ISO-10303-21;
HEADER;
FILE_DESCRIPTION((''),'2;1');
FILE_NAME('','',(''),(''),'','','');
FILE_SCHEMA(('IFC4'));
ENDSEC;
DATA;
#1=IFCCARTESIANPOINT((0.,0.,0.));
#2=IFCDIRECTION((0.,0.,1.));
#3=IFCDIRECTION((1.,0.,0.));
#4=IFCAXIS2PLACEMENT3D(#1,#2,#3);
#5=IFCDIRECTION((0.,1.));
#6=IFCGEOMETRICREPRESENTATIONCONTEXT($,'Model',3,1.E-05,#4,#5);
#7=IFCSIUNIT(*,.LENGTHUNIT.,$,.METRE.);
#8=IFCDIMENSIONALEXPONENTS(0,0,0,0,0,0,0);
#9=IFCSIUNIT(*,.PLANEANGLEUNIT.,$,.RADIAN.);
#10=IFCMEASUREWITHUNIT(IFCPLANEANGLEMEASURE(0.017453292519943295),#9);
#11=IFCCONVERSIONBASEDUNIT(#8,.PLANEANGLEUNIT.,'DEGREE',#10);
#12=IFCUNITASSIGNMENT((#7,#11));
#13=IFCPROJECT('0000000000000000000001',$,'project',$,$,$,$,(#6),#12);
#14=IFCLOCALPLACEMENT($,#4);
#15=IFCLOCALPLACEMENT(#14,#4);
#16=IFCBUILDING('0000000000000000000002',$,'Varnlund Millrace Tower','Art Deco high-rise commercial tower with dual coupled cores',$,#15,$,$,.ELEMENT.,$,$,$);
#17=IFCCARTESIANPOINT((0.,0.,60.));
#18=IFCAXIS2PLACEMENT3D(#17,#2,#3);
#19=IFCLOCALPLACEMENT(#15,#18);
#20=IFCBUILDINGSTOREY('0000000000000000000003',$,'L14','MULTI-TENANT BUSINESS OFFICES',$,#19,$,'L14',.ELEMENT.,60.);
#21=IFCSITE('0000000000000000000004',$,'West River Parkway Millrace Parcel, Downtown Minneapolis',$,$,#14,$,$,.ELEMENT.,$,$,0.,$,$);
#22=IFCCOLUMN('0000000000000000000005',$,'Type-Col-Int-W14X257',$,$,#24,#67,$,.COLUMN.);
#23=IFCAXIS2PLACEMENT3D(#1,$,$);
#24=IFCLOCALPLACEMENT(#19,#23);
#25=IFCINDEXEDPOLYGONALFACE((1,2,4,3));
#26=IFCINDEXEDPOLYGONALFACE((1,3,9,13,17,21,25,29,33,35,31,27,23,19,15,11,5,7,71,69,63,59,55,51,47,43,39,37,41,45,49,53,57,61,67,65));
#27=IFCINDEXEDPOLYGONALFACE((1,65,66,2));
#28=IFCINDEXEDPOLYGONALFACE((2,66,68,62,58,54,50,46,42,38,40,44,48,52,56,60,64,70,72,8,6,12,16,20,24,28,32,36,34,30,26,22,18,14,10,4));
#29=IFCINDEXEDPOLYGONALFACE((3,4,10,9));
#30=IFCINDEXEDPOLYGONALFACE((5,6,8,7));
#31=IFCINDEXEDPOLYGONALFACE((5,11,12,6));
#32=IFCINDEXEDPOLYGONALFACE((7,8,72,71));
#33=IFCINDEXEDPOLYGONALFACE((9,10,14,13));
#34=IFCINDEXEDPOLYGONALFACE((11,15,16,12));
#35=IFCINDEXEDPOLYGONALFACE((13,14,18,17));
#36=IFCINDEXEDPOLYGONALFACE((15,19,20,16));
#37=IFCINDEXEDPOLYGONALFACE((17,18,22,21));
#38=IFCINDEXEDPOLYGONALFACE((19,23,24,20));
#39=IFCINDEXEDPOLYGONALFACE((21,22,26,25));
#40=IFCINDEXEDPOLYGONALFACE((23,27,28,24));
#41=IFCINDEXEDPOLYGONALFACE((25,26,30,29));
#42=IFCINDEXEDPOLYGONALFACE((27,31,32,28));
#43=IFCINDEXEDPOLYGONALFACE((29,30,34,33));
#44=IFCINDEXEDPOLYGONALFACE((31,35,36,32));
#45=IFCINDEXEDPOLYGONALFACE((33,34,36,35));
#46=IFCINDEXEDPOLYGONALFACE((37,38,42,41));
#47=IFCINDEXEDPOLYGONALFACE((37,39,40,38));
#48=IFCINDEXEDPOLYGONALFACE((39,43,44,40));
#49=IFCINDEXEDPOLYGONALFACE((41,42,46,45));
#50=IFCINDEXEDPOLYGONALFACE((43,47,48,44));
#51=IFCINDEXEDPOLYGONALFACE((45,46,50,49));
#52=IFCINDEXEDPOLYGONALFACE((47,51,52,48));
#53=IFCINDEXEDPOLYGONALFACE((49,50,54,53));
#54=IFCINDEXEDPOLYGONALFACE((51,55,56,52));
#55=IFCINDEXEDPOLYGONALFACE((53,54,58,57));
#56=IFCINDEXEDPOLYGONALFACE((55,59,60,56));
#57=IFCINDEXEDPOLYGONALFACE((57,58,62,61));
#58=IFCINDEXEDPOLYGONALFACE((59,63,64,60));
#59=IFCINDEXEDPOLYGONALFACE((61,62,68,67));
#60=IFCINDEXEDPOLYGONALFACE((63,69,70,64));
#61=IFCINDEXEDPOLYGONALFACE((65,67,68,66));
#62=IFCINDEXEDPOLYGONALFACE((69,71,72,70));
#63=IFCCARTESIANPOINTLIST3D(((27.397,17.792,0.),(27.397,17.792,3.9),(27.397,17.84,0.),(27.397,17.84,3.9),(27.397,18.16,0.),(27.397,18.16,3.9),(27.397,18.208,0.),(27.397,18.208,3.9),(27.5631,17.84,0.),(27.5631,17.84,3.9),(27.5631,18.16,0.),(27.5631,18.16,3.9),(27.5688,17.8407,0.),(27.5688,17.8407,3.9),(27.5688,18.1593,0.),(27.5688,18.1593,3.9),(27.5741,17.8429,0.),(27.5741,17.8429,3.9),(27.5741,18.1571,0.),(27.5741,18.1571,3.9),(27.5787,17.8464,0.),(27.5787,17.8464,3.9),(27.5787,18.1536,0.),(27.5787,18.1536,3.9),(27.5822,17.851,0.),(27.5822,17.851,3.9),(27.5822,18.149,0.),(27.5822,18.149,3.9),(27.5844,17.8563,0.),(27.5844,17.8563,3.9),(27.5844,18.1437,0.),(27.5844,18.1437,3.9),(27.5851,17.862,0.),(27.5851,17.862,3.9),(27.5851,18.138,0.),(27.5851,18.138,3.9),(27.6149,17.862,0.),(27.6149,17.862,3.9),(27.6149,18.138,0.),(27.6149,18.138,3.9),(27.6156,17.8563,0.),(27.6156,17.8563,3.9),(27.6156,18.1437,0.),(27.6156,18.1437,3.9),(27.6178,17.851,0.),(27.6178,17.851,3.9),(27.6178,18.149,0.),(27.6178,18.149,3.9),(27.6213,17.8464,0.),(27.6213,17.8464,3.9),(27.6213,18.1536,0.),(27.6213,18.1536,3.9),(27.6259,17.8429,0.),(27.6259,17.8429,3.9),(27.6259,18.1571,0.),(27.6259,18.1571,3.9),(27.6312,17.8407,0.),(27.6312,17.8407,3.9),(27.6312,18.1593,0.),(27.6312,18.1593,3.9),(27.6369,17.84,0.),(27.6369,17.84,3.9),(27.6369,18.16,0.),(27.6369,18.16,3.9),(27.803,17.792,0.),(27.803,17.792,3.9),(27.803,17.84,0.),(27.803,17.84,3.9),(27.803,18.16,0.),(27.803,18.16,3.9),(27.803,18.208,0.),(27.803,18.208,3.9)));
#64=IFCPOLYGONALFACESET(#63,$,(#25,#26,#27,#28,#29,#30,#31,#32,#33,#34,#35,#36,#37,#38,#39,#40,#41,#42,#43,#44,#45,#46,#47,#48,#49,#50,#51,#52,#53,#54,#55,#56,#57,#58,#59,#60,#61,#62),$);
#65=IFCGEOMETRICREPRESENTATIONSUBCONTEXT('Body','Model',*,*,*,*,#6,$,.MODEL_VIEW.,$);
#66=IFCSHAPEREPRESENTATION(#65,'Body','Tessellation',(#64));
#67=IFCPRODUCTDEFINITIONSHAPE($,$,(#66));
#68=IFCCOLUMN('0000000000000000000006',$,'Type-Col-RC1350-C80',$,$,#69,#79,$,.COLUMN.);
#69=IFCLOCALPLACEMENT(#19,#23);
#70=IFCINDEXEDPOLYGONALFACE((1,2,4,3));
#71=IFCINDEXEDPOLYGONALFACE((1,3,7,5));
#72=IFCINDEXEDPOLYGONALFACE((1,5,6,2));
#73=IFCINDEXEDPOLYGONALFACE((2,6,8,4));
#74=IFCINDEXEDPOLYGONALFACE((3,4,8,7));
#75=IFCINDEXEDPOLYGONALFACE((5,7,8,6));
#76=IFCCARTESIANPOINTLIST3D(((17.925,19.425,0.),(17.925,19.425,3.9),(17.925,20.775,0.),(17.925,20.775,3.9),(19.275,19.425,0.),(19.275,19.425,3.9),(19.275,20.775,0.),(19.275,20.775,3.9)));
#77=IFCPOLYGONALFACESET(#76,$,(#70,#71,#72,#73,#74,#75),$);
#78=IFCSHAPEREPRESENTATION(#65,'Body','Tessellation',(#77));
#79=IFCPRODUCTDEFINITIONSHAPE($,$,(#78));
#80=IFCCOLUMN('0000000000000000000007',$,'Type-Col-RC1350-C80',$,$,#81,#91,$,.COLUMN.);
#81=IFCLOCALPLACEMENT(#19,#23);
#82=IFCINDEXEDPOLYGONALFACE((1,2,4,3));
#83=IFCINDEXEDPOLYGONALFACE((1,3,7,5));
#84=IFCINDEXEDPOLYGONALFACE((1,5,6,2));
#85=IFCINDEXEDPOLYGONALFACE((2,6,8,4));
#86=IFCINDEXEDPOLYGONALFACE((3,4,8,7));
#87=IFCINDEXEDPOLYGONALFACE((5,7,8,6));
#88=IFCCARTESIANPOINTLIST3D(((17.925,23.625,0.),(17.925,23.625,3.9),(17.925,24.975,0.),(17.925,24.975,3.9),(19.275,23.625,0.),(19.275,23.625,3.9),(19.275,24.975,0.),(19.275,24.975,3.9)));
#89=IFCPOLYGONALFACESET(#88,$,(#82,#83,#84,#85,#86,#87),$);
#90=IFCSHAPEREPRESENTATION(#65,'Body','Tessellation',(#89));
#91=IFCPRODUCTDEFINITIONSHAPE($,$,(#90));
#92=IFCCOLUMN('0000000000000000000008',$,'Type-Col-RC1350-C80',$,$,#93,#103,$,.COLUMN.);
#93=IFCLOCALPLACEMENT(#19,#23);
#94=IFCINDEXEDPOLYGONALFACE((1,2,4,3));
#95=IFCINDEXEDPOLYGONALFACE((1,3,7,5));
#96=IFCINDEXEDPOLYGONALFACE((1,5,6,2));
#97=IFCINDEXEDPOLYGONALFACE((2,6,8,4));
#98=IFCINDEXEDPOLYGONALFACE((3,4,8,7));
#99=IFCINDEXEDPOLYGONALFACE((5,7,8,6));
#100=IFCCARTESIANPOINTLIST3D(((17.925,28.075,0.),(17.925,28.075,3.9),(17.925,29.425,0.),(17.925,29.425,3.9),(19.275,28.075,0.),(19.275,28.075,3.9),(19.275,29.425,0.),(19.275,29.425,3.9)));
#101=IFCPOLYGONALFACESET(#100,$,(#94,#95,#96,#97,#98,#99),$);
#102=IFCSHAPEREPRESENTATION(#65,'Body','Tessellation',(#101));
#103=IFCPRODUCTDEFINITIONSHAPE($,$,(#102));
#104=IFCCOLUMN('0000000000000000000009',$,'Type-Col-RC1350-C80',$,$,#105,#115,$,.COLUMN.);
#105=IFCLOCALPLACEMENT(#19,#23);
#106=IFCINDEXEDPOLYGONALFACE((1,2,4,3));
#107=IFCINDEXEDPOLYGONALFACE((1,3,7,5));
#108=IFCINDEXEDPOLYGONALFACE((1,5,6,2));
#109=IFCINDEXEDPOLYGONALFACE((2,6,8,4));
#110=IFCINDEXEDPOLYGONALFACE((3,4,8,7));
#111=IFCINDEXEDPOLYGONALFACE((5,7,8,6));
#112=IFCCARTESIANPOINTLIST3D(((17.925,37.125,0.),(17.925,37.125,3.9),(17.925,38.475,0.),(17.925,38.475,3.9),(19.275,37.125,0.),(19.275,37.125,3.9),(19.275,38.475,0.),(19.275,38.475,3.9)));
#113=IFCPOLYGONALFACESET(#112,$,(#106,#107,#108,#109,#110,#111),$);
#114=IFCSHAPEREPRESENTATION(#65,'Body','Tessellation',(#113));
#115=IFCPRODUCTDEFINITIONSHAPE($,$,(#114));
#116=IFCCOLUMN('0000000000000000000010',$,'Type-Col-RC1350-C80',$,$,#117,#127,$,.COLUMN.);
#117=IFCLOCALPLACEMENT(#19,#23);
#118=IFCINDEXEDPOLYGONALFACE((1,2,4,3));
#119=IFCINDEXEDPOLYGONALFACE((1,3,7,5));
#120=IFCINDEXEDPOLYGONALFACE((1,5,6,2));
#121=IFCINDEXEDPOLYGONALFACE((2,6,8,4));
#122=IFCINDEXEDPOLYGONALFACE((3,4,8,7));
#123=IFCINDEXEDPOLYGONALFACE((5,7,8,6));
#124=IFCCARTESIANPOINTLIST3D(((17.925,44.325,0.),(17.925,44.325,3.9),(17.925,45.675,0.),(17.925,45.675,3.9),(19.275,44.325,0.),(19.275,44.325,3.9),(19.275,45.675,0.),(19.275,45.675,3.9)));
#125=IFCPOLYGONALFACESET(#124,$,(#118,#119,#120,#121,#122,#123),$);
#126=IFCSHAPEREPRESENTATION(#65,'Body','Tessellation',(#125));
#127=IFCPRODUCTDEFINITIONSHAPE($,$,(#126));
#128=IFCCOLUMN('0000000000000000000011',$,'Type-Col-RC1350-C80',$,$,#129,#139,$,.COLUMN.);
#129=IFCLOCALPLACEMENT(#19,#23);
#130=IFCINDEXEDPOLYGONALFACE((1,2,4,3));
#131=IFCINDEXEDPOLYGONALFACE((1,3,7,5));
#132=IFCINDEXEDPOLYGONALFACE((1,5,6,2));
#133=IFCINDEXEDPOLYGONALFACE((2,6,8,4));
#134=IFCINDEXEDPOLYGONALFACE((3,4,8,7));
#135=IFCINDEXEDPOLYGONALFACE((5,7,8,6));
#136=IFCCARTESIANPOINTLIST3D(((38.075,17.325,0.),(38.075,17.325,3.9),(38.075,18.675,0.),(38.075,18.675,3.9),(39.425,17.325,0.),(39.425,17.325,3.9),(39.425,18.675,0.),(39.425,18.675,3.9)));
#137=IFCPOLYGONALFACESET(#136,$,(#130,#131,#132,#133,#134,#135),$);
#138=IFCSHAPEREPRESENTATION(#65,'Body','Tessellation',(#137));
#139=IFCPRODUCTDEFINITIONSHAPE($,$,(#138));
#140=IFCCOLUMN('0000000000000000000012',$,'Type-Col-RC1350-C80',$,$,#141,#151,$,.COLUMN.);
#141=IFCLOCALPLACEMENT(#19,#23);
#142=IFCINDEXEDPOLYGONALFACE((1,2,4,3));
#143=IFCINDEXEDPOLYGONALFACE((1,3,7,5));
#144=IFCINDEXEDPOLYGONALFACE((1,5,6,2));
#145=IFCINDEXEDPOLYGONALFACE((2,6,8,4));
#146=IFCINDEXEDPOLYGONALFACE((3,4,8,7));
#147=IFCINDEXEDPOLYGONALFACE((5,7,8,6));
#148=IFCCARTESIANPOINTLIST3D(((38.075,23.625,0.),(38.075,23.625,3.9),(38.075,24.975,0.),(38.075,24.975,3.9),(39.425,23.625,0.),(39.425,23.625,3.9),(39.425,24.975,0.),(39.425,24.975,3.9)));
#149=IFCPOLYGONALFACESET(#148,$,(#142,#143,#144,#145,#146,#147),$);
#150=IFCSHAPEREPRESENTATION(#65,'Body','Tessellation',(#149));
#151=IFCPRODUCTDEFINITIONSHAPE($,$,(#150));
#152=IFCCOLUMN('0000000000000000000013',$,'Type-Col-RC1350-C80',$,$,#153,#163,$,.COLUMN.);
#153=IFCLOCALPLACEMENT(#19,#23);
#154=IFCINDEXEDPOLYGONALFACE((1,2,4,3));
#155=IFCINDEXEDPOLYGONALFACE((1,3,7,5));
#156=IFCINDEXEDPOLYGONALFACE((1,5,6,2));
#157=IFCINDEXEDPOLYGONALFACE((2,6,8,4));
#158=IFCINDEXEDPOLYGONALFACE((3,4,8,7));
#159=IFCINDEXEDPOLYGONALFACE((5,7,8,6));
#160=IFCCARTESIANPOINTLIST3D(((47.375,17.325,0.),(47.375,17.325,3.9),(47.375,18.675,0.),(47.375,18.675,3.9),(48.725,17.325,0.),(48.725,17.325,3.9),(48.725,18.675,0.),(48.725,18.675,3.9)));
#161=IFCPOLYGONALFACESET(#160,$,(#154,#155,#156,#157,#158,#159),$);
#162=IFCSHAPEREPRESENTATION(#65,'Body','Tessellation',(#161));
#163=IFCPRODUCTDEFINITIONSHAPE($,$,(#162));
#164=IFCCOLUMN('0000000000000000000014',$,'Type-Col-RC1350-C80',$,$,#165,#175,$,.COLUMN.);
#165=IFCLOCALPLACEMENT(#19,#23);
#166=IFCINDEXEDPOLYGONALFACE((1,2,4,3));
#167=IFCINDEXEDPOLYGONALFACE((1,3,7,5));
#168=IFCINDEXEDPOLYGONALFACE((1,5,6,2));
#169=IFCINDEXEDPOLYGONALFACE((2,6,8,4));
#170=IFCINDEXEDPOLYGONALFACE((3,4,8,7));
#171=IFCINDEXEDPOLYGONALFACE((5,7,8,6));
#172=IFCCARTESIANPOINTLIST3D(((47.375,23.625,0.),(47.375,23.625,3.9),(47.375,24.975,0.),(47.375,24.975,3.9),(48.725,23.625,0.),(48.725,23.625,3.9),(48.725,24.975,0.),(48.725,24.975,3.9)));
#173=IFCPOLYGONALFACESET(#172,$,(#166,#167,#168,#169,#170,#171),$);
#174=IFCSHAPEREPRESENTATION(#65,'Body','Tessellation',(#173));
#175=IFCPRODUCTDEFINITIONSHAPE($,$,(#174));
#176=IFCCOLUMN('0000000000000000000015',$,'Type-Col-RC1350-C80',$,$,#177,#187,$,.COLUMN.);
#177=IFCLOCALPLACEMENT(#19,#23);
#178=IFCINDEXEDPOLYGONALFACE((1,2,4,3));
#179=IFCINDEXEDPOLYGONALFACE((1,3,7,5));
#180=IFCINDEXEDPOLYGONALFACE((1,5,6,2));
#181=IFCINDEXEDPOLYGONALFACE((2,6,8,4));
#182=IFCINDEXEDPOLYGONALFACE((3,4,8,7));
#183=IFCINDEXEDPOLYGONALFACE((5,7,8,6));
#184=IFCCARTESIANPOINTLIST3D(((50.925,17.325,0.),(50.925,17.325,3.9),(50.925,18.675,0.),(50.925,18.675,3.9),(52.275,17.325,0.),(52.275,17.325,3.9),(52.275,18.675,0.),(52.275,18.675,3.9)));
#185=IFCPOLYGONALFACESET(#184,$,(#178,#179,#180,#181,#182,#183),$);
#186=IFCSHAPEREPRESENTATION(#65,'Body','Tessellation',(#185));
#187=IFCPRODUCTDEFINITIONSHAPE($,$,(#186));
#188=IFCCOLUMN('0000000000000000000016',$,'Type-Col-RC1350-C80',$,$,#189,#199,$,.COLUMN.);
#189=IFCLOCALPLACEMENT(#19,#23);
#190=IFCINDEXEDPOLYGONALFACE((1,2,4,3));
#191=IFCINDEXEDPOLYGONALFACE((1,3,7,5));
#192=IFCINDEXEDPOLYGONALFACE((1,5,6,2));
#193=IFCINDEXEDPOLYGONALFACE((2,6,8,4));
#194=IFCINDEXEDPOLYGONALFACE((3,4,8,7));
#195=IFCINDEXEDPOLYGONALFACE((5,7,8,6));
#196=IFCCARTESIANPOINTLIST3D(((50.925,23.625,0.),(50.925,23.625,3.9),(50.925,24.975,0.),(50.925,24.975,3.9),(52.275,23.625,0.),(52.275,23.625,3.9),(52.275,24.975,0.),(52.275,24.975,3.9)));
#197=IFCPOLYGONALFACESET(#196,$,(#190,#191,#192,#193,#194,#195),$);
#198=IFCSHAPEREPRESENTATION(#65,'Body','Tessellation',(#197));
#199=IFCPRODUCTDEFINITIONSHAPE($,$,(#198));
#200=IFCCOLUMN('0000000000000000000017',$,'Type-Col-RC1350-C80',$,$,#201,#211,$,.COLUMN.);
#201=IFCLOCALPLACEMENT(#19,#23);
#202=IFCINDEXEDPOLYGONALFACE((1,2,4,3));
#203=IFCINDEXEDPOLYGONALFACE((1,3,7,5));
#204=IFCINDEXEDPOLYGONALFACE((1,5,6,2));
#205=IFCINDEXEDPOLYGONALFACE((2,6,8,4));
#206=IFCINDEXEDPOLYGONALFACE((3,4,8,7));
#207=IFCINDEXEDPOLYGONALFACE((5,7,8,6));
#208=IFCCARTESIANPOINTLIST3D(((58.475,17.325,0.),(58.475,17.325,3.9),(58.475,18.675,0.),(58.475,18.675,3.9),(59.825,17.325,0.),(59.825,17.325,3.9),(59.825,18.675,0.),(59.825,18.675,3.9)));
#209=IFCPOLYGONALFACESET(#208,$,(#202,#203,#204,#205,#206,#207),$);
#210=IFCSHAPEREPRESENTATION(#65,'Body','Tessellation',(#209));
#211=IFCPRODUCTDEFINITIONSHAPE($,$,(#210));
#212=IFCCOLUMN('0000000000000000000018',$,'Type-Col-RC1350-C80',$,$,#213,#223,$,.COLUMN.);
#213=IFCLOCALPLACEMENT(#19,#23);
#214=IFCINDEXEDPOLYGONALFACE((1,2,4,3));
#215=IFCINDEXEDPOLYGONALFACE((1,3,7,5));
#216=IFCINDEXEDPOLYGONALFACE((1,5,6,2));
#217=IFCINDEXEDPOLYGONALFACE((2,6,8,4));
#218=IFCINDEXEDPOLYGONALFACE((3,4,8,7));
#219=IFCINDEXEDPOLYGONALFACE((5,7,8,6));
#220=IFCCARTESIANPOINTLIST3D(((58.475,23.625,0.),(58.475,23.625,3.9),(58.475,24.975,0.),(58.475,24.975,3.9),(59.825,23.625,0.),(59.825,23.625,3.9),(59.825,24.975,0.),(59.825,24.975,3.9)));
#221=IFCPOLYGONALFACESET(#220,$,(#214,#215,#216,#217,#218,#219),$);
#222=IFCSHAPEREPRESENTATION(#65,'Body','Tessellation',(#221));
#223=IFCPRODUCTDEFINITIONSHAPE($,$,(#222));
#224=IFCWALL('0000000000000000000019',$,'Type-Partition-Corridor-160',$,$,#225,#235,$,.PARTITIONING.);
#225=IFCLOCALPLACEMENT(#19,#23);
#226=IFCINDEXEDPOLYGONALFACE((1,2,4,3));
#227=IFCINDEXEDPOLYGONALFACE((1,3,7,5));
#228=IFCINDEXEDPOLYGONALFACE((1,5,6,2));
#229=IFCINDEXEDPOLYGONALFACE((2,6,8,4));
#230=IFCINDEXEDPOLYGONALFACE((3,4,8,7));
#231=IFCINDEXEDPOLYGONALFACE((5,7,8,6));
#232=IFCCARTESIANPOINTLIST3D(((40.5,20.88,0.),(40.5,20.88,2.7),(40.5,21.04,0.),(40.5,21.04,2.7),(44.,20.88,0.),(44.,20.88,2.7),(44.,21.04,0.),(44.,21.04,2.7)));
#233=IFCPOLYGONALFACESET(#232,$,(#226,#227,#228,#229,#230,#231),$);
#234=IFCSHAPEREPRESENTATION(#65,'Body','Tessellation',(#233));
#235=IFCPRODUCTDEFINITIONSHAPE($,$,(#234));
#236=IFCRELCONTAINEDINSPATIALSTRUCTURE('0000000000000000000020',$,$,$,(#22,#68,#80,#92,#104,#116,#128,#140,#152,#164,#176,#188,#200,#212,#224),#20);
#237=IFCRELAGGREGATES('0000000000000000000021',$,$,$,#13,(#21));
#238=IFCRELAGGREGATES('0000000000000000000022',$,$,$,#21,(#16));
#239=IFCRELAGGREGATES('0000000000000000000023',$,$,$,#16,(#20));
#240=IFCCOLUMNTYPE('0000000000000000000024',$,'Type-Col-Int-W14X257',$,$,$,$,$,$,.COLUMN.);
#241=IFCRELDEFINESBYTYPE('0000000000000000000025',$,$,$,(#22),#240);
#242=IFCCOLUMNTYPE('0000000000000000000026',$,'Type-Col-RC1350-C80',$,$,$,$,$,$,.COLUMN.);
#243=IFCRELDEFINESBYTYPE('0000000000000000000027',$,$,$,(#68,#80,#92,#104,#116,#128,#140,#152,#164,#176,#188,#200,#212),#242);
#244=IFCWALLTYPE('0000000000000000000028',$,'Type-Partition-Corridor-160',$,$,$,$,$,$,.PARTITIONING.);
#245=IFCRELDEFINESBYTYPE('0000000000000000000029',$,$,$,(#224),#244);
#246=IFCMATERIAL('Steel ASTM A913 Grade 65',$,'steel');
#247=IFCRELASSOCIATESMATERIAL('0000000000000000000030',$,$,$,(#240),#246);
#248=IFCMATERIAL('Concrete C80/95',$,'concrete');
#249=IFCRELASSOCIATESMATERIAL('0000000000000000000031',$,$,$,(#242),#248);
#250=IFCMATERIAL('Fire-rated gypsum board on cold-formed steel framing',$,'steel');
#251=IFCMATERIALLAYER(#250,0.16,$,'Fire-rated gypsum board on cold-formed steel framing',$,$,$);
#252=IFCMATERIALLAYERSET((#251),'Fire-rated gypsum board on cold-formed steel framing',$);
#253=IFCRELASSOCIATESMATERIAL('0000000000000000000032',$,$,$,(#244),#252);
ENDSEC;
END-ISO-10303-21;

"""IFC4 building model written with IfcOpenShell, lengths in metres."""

from ifc_helpers import new_model, entity, si_unit, converted_unit, direction, frame, origin_with_axes, origin_2d_with_axis, place, context, subcontext, project, spatial, polyline, rectangle, i_section, outline, extrude, material, layer, layer_set, material_profile, profile_set, type_object, element, save


model = new_model("IFC4")

# Units and contexts
model_context = context("Model", 3, precision=1e-05, world=origin_with_axes(), true_north=direction((0.0, 1.0)))
body_context = subcontext(model_context, "Body", "Model", "MODEL_VIEW")
ifc_project = project(units=[si_unit("LENGTHUNIT", "METRE"), converted_unit("PLANEANGLEUNIT", "DEGREE", entity("IfcPlaneAngleMeasure", 0.017453292519943295), si_unit("PLANEANGLEUNIT", "RADIAN"), dimensions=[0, 0, 0, 0, 0, 0, 0])], contexts=[model_context])

# Site, building, storey
site_placement = place(None, origin_with_axes())
site = spatial("IfcSite", under=ifc_project, at=site_placement, Name="West River Parkway Millrace Parcel, Downtown Minneapolis", CompositionType="ELEMENT", RefElevation=0.0)
building_placement = place(site_placement, origin_with_axes())
building = spatial("IfcBuilding", under=site, at=building_placement, Name="Varnlund Millrace Tower", Description="Art Deco high-rise commercial tower with dual coupled cores", CompositionType="ELEMENT")
storey_placement = place(building_placement, frame((0.0, 0.0, 60.0), z_axis=(0.0, 0.0, 1.0), x_axis=(1.0, 0.0, 0.0)))
storey = spatial("IfcBuildingStorey", under=building, at=storey_placement, Name="L14", Description="MULTI-TENANT BUSINESS OFFICES", LongName="L14", CompositionType="ELEMENT", Elevation=60.0)

# Columns
ifc_material_1 = material(Name="Steel ASTM A913 Grade 65", Category="steel")
ifc_material_profile_1 = material_profile(ifc_material_1, i_section(OverallWidth=0.406, OverallDepth=0.416, WebThickness=0.0298, FlangeThickness=0.048, FilletRadius=0.022, at=origin_2d_with_axis()), Name="Steel ASTM A913 Grade 65")
ifc_profile_set_1 = profile_set([ifc_material_profile_1], Name="Steel ASTM A913 Grade 65")
column_type_1 = type_object("IfcColumnType", Name="Type-Col-Int-W14X257", PredefinedType="COLUMN", material=ifc_profile_set_1)
column_placement = place(storey_placement, frame((27.6, 18.0, 0.0), z_axis=(0.0, 0.0, 1.0), x_axis=(1.0, 0.0, 0.0)))
element("IfcColumn", 1, at=column_placement, inside=storey, type_object=column_type_1, Name="Type-Col-Int-W14X257", PredefinedType="COLUMN", context=body_context, shape_type="SweptSolid", body=[
    extrude(i_section(OverallWidth=0.406, OverallDepth=0.416, WebThickness=0.0298, FlangeThickness=0.048, FilletRadius=0.022, at=origin_2d_with_axis()), origin_with_axes(), (0.0, 0.0, 1.0), 3.9),
])
ifc_material_2 = material(Name="Concrete C80/95", Category="concrete")
ifc_material_profile_2 = material_profile(ifc_material_2, rectangle(XDim=1.35, YDim=1.35, at=origin_2d_with_axis()), Name="Concrete C80/95")
ifc_profile_set_2 = profile_set([ifc_material_profile_2], Name="Concrete C80/95")
column_type_2 = type_object("IfcColumnType", Name="Type-Col-RC1350-C80", PredefinedType="COLUMN", material=ifc_profile_set_2)
for number, where, z_axis, x_axis, name in (
    (2, (18.6, 20.1, 0.0), (0.0, 0.0, 1.0), (1.0, 0.0, 0.0), "Type-Col-RC1350-C80"),
    (3, (18.6, 24.3, 0.0), (0.0, 0.0, 1.0), (1.0, 0.0, 0.0), "Type-Col-RC1350-C80"),
    (4, (18.6, 28.75, 0.0), (0.0, 0.0, 1.0), (1.0, 0.0, 0.0), "Type-Col-RC1350-C80"),
    (5, (18.6, 37.8, 0.0), (0.0, 0.0, 1.0), (1.0, 0.0, 0.0), "Type-Col-RC1350-C80"),
    (6, (18.6, 45.0, 0.0), (0.0, 0.0, 1.0), (1.0, 0.0, 0.0), "Type-Col-RC1350-C80"),
    (7, (38.75, 18.0, 0.0), (0.0, 0.0, 1.0), (1.0, 0.0, 0.0), "Type-Col-RC1350-C80"),
    (8, (38.75, 24.3, 0.0), (0.0, 0.0, 1.0), (1.0, 0.0, 0.0), "Type-Col-RC1350-C80"),
    (9, (48.05, 18.0, 0.0), (0.0, 0.0, 1.0), (1.0, 0.0, 0.0), "Type-Col-RC1350-C80"),
    (10, (48.05, 24.3, 0.0), (0.0, 0.0, 1.0), (1.0, 0.0, 0.0), "Type-Col-RC1350-C80"),
    (11, (51.6, 18.0, 0.0), (0.0, 0.0, 1.0), (1.0, 0.0, 0.0), "Type-Col-RC1350-C80"),
    (12, (51.6, 24.3, 0.0), (0.0, 0.0, 1.0), (1.0, 0.0, 0.0), "Type-Col-RC1350-C80"),
    (13, (59.15, 18.0, 0.0), (0.0, 0.0, 1.0), (1.0, 0.0, 0.0), "Type-Col-RC1350-C80"),
    (14, (59.15, 24.3, 0.0), (0.0, 0.0, 1.0), (1.0, 0.0, 0.0), "Type-Col-RC1350-C80"),
):
    element("IfcColumn", number, at=place(storey_placement, frame(where, z_axis=z_axis, x_axis=x_axis)), inside=storey, type_object=column_type_2, Name=name, PredefinedType="COLUMN", context=body_context, shape_type="SweptSolid", body=[
        extrude(rectangle(XDim=1.35, YDim=1.35, at=origin_2d_with_axis()), origin_with_axes(), (0.0, 0.0, 1.0), 3.9),
    ])

# Wall
ifc_material_3 = material(Name="Fire-rated gypsum board on cold-formed steel framing", Category="steel")
ifc_layer = layer(ifc_material_3, 0.16, Name="Fire-rated gypsum board on cold-formed steel framing")
ifc_layer_set = layer_set([ifc_layer], Name="Fire-rated gypsum board on cold-formed steel framing")
wall_type = type_object("IfcWallType", Name="Type-Partition-Corridor-160", PredefinedType="PARTITIONING", material=ifc_layer_set)
wall_1_placement = place(storey_placement, frame((40.5, 20.96, 0.0), z_axis=(0.0, 0.0, 1.0), x_axis=(1.0, 0.0, 0.0)))
element("IfcWall", 15, at=wall_1_placement, inside=storey, type_object=wall_type, Name="Type-Partition-Corridor-160", PredefinedType="PARTITIONING", context=body_context, shape_type="SweptSolid", body=[
    extrude(outline(polyline([(0.0, -0.08), (3.5, -0.08), (3.5, 0.08), (0.0, 0.08), (0.0, -0.08)])), origin_with_axes(), (0.0, 0.0, 1.0), 2.7),
])

save(model, "model.ifc")
